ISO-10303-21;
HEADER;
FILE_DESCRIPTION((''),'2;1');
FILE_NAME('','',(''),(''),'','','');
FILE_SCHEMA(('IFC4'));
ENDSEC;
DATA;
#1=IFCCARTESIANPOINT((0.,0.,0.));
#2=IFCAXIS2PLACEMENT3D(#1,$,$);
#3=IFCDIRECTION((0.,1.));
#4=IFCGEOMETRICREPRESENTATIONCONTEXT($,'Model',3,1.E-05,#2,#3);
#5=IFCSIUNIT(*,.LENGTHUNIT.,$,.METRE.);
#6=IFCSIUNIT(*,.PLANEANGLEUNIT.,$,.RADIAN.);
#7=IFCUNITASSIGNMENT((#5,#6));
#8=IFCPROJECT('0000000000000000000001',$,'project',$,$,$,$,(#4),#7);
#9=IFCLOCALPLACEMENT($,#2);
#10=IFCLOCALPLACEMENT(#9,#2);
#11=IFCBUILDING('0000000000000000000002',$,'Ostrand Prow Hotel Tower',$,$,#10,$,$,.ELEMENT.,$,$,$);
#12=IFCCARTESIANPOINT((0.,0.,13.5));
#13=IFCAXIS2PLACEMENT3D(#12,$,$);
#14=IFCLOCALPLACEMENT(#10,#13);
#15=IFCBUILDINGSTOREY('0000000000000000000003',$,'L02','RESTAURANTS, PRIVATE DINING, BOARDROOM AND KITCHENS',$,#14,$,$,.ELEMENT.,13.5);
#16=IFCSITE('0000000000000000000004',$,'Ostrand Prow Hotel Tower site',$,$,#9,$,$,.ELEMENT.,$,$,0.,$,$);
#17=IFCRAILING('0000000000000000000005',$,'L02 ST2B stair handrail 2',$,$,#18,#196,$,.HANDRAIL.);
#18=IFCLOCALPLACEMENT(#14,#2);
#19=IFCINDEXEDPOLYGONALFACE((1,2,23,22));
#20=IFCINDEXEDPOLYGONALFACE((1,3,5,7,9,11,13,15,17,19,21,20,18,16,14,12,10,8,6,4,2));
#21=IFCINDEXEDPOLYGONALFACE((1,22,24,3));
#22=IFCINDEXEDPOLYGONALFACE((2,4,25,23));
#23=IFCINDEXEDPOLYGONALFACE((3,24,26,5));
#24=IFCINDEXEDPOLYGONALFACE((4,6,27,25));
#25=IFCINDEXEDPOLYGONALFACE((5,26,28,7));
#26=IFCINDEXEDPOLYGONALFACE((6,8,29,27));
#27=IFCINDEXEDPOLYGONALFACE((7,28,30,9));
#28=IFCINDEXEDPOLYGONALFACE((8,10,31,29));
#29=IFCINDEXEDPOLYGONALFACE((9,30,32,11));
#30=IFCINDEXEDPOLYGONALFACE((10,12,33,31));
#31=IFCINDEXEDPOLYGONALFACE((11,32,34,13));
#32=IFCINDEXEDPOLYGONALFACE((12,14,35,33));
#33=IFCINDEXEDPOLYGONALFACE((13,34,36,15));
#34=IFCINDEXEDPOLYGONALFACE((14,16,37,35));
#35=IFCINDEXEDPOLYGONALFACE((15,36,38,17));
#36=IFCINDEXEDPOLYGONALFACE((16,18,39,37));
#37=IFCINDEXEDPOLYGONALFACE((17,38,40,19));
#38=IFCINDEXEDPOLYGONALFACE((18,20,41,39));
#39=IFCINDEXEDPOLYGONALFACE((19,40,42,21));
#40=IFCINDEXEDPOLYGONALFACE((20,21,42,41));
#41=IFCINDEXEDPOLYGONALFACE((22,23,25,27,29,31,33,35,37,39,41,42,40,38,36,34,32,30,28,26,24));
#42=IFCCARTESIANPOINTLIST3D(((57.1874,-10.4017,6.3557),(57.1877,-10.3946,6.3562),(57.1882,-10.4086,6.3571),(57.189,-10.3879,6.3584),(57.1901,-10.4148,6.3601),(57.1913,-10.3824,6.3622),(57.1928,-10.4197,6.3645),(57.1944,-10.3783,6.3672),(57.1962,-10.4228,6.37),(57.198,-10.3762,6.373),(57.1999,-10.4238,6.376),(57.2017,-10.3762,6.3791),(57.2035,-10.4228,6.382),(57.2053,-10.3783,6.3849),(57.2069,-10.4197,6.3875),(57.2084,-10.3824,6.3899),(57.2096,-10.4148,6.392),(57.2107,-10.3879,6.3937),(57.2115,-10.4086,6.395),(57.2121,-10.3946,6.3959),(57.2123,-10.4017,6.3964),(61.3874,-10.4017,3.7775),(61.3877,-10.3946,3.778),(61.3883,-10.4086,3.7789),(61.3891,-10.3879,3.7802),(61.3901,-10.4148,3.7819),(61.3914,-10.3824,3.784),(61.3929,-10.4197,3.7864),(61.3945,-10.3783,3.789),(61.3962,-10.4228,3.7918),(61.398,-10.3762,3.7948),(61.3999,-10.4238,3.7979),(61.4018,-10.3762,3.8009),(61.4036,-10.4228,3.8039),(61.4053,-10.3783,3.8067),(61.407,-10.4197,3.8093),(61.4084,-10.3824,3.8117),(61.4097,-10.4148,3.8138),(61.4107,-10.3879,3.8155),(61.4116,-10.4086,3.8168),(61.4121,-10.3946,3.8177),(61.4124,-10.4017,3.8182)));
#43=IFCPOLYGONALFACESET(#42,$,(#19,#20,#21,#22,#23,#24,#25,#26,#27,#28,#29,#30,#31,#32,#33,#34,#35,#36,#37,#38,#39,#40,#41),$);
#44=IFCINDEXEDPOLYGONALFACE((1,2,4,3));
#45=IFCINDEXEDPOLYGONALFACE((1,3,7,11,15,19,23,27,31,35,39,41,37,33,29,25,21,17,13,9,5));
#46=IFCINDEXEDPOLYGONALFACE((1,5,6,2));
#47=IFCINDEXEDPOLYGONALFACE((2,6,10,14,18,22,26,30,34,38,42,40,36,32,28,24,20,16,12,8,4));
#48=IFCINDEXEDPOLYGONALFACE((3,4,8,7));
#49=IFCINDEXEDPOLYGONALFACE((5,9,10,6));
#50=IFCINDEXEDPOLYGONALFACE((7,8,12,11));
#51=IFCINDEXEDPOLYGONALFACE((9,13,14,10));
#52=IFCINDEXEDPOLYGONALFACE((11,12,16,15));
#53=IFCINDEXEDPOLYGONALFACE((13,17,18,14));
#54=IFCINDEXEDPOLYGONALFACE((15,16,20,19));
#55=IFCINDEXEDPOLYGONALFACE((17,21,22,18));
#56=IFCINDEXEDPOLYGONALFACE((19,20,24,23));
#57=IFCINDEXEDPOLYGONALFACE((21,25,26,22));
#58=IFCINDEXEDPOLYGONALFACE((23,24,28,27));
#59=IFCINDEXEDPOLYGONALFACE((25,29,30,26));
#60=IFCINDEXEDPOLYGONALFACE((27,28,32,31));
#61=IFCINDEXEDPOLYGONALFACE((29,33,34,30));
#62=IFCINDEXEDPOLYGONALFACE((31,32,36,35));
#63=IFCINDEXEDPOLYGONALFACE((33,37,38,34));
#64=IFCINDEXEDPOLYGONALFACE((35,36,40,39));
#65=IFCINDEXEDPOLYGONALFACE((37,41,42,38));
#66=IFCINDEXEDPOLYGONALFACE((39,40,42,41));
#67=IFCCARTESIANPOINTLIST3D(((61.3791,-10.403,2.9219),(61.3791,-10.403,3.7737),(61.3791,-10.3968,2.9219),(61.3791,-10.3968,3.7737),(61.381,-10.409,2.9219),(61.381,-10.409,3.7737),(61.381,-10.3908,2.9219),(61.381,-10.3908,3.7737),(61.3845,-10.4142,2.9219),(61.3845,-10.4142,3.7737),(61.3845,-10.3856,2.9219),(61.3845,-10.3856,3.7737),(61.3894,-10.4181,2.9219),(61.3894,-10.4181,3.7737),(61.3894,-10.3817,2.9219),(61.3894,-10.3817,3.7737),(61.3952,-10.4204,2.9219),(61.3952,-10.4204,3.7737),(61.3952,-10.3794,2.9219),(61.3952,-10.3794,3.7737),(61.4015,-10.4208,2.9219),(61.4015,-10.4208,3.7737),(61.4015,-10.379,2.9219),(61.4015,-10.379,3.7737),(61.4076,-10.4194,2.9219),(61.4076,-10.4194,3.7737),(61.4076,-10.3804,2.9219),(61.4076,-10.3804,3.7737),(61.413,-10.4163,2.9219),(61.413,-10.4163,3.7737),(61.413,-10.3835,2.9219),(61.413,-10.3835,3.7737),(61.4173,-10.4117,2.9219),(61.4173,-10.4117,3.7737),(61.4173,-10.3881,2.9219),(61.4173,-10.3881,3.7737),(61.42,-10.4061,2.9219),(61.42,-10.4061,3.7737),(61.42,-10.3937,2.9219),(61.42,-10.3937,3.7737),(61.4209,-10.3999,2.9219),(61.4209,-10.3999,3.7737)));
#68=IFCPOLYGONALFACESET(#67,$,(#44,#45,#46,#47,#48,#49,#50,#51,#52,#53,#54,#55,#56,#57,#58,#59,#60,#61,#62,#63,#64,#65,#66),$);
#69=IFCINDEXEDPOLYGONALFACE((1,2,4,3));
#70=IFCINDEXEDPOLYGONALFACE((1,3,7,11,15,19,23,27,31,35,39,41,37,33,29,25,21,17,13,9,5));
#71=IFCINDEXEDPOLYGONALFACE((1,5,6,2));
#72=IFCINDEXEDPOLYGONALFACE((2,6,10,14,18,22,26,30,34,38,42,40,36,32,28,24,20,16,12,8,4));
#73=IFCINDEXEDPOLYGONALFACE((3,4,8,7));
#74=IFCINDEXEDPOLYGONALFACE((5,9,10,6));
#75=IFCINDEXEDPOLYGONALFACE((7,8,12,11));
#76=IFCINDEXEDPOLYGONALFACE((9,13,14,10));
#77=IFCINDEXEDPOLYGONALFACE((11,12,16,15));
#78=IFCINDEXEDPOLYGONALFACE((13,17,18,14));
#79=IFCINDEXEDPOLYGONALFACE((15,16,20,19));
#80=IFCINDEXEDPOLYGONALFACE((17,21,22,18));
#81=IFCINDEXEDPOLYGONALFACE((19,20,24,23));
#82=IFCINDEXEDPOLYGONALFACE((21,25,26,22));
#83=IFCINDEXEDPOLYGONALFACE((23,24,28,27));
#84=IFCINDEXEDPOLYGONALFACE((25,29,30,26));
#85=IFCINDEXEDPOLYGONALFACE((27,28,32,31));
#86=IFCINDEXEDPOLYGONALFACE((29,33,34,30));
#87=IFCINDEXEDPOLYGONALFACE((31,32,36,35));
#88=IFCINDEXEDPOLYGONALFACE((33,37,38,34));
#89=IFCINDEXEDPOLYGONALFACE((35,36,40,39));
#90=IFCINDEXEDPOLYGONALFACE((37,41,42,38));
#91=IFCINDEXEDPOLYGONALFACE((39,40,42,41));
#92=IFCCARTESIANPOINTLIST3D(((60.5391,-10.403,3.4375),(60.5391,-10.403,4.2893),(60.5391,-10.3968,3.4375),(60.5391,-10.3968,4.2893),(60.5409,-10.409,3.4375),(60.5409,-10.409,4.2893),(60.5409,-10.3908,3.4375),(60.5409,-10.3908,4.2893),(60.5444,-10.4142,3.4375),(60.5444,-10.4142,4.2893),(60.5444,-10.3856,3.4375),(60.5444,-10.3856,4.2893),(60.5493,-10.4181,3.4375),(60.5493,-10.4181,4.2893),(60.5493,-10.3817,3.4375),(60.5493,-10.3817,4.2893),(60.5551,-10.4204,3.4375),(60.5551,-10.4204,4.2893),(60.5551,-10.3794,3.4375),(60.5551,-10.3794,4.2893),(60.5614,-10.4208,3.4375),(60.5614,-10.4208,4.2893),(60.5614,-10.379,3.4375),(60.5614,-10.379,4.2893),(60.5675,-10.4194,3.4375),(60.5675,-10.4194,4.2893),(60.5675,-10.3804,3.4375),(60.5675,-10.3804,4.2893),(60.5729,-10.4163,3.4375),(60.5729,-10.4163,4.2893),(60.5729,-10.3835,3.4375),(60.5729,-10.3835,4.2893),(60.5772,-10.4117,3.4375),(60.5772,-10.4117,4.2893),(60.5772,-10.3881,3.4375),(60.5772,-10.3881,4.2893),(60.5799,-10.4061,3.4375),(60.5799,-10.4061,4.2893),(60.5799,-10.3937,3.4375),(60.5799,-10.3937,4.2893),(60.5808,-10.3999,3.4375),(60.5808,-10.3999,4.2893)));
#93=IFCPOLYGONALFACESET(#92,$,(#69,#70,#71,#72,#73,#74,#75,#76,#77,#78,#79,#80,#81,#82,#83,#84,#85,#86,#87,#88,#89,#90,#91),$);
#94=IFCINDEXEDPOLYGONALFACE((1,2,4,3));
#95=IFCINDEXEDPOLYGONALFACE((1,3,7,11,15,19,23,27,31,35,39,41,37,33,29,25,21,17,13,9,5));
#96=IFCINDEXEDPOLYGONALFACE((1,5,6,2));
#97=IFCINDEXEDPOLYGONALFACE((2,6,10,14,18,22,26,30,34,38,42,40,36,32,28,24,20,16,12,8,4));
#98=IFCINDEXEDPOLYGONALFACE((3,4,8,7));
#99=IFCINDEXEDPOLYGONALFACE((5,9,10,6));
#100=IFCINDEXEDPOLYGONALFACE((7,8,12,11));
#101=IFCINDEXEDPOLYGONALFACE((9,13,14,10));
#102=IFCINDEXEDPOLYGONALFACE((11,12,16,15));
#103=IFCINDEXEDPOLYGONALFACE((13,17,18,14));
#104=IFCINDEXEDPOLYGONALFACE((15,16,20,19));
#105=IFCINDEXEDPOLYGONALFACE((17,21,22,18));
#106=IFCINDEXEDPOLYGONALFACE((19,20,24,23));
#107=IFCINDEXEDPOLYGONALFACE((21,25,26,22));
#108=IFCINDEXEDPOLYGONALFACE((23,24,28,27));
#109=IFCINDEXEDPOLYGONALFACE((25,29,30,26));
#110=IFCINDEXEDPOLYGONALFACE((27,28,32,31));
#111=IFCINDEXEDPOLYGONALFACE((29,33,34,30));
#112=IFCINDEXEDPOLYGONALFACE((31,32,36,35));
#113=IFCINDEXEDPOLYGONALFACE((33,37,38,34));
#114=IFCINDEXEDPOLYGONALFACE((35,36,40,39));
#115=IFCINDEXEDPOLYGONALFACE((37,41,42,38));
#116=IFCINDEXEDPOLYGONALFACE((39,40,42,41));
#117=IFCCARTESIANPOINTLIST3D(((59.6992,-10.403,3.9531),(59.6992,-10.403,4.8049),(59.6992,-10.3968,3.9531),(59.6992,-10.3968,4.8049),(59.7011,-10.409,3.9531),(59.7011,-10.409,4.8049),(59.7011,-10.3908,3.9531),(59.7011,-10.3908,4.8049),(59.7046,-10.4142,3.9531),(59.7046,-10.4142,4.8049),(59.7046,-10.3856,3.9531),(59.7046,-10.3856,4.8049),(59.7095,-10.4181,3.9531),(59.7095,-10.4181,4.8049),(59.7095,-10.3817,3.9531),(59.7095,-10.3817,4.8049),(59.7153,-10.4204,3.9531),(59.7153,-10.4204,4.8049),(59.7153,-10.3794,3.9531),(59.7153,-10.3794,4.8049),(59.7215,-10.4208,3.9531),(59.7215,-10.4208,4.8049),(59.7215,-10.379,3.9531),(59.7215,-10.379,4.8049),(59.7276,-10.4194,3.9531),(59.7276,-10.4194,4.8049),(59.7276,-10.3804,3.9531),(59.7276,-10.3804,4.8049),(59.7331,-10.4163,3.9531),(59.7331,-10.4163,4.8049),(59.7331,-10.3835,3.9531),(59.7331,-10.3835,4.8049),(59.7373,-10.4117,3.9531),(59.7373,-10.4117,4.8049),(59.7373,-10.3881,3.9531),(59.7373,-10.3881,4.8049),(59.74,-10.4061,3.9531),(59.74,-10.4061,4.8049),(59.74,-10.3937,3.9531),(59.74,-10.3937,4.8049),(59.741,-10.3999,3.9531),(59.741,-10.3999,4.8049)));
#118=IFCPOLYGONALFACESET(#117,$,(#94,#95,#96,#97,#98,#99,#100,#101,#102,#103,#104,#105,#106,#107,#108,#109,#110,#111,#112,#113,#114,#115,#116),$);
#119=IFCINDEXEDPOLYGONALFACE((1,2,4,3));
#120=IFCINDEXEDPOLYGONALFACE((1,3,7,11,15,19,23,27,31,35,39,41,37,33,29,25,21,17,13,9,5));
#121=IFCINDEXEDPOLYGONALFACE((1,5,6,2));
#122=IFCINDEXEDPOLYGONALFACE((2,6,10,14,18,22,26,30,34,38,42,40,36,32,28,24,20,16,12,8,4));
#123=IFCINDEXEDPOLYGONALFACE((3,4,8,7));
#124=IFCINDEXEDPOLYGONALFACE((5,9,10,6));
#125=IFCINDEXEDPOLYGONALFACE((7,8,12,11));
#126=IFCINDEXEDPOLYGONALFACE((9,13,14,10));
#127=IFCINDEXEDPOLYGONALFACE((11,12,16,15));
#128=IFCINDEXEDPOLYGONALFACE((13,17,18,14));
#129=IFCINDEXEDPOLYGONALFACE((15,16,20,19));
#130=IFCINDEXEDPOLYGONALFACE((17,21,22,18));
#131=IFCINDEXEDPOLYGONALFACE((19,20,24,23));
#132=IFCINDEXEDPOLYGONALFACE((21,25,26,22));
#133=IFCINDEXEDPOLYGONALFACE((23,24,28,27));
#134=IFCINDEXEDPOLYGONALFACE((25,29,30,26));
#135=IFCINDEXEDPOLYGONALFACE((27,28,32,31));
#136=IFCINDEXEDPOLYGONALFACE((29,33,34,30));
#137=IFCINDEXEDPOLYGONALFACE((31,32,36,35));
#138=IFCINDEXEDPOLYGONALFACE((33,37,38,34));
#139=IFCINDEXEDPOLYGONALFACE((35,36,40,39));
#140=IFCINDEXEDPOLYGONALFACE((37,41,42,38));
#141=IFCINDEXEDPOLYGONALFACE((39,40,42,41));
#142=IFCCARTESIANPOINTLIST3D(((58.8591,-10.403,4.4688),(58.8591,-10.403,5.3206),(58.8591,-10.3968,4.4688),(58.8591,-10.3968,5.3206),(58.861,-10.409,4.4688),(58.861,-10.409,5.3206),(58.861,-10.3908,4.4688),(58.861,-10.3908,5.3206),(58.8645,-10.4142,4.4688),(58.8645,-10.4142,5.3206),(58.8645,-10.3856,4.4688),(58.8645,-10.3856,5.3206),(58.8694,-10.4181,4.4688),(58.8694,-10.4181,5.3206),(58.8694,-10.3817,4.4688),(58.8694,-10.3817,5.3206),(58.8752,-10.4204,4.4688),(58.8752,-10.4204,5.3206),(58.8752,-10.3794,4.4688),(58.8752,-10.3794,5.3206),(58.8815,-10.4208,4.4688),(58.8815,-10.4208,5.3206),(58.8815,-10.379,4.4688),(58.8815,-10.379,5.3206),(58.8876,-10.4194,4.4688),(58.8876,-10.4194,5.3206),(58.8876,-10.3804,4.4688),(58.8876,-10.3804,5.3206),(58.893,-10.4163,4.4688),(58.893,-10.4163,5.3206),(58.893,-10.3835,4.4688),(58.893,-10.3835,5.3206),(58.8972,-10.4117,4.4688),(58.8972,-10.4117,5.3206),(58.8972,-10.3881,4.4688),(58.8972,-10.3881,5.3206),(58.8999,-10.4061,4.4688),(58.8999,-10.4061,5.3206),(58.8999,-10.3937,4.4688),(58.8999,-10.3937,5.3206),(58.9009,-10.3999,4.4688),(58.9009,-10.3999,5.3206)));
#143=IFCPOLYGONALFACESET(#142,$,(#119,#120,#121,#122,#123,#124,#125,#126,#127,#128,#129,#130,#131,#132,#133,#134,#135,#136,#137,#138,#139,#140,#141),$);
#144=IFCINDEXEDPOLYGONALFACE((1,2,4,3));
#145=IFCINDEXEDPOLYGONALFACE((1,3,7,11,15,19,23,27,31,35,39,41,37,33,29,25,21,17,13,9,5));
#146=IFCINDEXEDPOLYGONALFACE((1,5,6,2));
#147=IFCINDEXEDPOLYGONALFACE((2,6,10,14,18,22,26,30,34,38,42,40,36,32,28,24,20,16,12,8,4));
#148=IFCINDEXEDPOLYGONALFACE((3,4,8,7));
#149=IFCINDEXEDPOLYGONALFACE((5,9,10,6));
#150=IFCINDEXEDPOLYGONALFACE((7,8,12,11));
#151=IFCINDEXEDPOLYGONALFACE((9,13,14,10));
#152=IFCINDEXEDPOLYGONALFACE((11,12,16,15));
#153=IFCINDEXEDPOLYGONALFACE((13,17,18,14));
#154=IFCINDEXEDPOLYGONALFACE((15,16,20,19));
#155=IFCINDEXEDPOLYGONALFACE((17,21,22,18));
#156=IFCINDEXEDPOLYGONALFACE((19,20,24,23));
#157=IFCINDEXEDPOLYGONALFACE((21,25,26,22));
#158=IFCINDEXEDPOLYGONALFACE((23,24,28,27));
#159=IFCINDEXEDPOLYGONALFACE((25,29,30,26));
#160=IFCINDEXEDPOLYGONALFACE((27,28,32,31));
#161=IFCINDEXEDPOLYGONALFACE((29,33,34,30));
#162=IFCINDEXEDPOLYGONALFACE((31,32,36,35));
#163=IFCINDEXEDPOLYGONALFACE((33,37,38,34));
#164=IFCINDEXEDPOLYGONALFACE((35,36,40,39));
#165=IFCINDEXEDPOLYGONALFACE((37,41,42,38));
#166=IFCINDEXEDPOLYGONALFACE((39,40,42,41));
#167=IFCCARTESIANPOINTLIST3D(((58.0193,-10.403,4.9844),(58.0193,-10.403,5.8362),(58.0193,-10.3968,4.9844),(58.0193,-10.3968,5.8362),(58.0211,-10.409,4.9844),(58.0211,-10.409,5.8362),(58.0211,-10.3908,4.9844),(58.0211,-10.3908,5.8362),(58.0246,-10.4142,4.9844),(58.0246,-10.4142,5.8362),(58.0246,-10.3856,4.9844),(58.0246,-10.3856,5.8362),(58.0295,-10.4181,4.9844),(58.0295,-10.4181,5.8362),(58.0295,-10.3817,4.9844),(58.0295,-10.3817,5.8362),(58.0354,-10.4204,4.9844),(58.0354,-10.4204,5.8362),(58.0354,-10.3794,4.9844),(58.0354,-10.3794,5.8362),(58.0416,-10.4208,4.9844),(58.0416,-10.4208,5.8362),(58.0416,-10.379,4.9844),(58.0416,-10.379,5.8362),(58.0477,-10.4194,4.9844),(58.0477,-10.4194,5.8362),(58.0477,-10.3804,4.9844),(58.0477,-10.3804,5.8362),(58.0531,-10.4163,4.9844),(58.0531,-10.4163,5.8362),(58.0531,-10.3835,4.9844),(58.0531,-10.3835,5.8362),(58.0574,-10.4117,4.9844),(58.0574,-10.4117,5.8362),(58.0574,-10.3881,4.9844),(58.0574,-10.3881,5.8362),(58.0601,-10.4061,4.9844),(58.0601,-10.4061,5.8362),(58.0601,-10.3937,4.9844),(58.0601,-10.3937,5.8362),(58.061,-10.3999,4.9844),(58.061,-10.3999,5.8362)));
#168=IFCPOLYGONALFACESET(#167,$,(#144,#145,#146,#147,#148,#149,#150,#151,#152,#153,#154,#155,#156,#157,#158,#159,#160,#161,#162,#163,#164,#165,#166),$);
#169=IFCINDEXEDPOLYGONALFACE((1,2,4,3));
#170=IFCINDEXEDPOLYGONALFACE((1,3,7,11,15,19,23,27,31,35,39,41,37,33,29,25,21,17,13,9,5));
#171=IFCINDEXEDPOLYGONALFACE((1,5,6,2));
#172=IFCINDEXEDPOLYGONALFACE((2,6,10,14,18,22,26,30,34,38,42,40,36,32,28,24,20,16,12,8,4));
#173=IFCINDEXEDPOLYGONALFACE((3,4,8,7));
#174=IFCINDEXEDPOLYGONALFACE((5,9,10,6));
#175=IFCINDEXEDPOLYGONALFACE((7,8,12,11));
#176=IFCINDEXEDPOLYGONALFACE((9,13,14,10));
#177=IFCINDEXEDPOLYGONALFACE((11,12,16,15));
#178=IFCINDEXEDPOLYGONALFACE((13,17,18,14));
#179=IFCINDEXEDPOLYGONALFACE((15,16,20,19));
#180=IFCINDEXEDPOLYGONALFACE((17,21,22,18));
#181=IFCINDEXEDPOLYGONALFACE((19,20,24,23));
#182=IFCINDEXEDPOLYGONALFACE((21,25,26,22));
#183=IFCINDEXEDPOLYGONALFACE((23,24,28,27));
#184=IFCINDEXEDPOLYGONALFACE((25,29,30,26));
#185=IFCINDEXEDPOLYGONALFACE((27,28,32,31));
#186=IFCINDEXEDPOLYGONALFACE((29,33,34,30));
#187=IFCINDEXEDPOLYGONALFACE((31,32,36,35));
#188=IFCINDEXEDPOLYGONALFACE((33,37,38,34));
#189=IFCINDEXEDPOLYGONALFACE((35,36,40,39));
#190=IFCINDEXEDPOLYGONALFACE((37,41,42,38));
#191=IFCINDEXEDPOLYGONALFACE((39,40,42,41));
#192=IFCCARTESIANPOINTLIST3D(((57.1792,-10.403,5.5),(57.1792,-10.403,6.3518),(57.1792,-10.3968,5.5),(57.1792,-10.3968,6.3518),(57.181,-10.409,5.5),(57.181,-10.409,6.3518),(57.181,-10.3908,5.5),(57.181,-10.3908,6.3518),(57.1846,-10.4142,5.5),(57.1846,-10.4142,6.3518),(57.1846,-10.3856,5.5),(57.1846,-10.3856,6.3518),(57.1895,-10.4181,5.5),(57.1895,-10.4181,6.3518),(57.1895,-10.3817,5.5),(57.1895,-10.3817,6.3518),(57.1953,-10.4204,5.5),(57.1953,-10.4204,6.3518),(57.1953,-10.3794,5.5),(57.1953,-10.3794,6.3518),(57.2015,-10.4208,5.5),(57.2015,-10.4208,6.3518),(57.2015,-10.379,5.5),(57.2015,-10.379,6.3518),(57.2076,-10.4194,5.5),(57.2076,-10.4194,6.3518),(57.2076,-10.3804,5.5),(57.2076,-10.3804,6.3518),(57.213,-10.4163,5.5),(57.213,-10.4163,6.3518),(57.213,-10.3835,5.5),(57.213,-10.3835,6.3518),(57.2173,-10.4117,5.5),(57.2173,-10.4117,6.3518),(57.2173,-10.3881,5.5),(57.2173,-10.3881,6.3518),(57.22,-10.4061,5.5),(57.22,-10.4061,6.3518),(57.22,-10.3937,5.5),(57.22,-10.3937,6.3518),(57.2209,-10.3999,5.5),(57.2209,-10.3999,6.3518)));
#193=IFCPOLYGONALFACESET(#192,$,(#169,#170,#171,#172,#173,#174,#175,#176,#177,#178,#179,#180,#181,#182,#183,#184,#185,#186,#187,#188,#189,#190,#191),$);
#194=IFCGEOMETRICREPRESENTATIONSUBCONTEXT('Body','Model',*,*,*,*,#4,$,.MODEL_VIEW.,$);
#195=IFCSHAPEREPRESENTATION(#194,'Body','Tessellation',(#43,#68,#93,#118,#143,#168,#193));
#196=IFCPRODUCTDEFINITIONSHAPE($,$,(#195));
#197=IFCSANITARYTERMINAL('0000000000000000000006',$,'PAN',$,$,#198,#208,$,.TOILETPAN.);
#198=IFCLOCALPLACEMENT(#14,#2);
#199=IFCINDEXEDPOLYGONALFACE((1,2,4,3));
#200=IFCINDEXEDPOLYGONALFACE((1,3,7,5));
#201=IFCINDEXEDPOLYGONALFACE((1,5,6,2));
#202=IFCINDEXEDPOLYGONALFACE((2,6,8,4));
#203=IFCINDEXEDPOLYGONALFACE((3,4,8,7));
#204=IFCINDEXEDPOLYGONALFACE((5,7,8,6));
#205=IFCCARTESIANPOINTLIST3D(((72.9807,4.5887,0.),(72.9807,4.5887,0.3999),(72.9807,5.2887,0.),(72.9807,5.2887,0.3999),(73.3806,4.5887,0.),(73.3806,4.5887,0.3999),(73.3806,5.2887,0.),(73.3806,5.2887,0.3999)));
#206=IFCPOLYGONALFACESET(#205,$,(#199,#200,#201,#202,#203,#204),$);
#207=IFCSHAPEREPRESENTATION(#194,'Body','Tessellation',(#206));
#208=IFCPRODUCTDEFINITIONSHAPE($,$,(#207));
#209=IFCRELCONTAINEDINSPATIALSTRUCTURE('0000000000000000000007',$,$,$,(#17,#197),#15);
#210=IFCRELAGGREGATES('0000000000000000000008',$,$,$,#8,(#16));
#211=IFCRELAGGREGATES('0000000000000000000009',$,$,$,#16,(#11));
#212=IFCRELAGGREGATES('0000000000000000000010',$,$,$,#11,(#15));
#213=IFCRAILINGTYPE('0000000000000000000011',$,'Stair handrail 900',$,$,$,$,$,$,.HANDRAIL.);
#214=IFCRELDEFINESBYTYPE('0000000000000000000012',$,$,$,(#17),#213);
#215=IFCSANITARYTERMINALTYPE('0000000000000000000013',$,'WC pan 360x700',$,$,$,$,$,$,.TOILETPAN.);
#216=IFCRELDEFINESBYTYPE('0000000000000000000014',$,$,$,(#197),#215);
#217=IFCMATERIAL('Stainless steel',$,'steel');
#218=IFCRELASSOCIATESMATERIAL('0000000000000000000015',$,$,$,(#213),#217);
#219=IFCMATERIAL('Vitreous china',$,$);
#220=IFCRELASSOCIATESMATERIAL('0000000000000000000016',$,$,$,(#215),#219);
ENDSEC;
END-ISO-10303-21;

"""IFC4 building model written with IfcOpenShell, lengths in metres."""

from ifc_helpers import new_model, si_unit, direction, frame, origin, origin_2d, place, context, subcontext, project, spatial, rectangle, circle, extrude, material, type_object, element, save


model = new_model("IFC4")

# Units and contexts
model_context = context("Model", 3, precision=1e-05, world=origin(), true_north=direction((0.0, 1.0)))
body_context = subcontext(model_context, "Body", "Model", "MODEL_VIEW")
ifc_project = project(units=[si_unit("LENGTHUNIT", "METRE"), si_unit("PLANEANGLEUNIT", "RADIAN")], contexts=[model_context])

# Site, building, storey
site_placement = place(None, origin())
site = spatial("IfcSite", under=ifc_project, at=site_placement, Name="Ostrand Prow Hotel Tower site", CompositionType="ELEMENT", RefElevation=0.0)
building_placement = place(site_placement, origin())
building = spatial("IfcBuilding", under=site, at=building_placement, Name="Ostrand Prow Hotel Tower", CompositionType="ELEMENT")
storey_placement = place(building_placement, frame((0.0, 0.0, 13.5)))
storey = spatial("IfcBuildingStorey", under=building, at=storey_placement, Name="L02", Description="RESTAURANTS, PRIVATE DINING, BOARDROOM AND KITCHENS", CompositionType="ELEMENT", Elevation=13.5)

# Railing
ifc_material_1 = material(Name="Stainless steel", Category="steel")
railing_type_1 = type_object("IfcRailingType", Name="Stair handrail 900", PredefinedType="HANDRAIL", material=ifc_material_1)
railing_1_placement = place(storey_placement, frame((61.3999, -10.3999, 2.9219)))
element("IfcRailing", 1, at=railing_1_placement, inside=storey, type_object=railing_type_1, Name="L02 ST2B stair handrail 2", PredefinedType="HANDRAIL", context=body_context, shape_type="SweptSolid", body=[
    extrude(circle(Radius=0.0239, at=origin_2d()), frame((0.0, 0.0, 0.876), z_axis=(-0.852243, 0.0, 0.523146), x_axis=(0.0, -1.0, 0.0)), (0.0, 0.0, 1.0), 4.9282),
    extrude(circle(Radius=0.021, at=origin_2d()), origin(), (0.0, 0.0, 1.0), 0.8518),
    extrude(circle(Radius=0.021, at=origin_2d()), frame((-0.8401, 0.0, 0.5156)), (0.0, 0.0, 1.0), 0.8518),
    extrude(circle(Radius=0.021, at=origin_2d()), frame((-1.6799, 0.0, 1.0312)), (0.0, 0.0, 1.0), 0.8518),
    extrude(circle(Radius=0.021, at=origin_2d()), frame((-2.52, 0.0, 1.5469)), (0.0, 0.0, 1.0), 0.8518),
    extrude(circle(Radius=0.021, at=origin_2d()), frame((-3.3599, 0.0, 2.0625)), (0.0, 0.0, 1.0), 0.8518),
    extrude(circle(Radius=0.021, at=origin_2d()), frame((-4.2, 0.0, 2.5781)), (0.0, 0.0, 1.0), 0.8518),
])

# Sanitary terminal
ifc_material_2 = material(Name="Vitreous china")
sanitary_terminal_type_1 = type_object("IfcSanitaryTerminalType", Name="WC pan 360x700", PredefinedType="TOILETPAN", material=ifc_material_2)
sanitary_terminal_1_placement = place(storey_placement, frame((73.1807, 4.9387, 0.0), z_axis=(0.0, 0.0, 1.0), x_axis=(1.0, 0.0, 0.0)))
element("IfcSanitaryTerminal", 2, at=sanitary_terminal_1_placement, inside=storey, type_object=sanitary_terminal_type_1, Name="PAN", PredefinedType="TOILETPAN", context=body_context, shape_type="SweptSolid", body=[
    extrude(rectangle(XDim=0.3999, YDim=0.7, at=origin_2d()), origin(), (0.0, 0.0, 1.0), 0.3999),
])

save(model, "model.ifc")
